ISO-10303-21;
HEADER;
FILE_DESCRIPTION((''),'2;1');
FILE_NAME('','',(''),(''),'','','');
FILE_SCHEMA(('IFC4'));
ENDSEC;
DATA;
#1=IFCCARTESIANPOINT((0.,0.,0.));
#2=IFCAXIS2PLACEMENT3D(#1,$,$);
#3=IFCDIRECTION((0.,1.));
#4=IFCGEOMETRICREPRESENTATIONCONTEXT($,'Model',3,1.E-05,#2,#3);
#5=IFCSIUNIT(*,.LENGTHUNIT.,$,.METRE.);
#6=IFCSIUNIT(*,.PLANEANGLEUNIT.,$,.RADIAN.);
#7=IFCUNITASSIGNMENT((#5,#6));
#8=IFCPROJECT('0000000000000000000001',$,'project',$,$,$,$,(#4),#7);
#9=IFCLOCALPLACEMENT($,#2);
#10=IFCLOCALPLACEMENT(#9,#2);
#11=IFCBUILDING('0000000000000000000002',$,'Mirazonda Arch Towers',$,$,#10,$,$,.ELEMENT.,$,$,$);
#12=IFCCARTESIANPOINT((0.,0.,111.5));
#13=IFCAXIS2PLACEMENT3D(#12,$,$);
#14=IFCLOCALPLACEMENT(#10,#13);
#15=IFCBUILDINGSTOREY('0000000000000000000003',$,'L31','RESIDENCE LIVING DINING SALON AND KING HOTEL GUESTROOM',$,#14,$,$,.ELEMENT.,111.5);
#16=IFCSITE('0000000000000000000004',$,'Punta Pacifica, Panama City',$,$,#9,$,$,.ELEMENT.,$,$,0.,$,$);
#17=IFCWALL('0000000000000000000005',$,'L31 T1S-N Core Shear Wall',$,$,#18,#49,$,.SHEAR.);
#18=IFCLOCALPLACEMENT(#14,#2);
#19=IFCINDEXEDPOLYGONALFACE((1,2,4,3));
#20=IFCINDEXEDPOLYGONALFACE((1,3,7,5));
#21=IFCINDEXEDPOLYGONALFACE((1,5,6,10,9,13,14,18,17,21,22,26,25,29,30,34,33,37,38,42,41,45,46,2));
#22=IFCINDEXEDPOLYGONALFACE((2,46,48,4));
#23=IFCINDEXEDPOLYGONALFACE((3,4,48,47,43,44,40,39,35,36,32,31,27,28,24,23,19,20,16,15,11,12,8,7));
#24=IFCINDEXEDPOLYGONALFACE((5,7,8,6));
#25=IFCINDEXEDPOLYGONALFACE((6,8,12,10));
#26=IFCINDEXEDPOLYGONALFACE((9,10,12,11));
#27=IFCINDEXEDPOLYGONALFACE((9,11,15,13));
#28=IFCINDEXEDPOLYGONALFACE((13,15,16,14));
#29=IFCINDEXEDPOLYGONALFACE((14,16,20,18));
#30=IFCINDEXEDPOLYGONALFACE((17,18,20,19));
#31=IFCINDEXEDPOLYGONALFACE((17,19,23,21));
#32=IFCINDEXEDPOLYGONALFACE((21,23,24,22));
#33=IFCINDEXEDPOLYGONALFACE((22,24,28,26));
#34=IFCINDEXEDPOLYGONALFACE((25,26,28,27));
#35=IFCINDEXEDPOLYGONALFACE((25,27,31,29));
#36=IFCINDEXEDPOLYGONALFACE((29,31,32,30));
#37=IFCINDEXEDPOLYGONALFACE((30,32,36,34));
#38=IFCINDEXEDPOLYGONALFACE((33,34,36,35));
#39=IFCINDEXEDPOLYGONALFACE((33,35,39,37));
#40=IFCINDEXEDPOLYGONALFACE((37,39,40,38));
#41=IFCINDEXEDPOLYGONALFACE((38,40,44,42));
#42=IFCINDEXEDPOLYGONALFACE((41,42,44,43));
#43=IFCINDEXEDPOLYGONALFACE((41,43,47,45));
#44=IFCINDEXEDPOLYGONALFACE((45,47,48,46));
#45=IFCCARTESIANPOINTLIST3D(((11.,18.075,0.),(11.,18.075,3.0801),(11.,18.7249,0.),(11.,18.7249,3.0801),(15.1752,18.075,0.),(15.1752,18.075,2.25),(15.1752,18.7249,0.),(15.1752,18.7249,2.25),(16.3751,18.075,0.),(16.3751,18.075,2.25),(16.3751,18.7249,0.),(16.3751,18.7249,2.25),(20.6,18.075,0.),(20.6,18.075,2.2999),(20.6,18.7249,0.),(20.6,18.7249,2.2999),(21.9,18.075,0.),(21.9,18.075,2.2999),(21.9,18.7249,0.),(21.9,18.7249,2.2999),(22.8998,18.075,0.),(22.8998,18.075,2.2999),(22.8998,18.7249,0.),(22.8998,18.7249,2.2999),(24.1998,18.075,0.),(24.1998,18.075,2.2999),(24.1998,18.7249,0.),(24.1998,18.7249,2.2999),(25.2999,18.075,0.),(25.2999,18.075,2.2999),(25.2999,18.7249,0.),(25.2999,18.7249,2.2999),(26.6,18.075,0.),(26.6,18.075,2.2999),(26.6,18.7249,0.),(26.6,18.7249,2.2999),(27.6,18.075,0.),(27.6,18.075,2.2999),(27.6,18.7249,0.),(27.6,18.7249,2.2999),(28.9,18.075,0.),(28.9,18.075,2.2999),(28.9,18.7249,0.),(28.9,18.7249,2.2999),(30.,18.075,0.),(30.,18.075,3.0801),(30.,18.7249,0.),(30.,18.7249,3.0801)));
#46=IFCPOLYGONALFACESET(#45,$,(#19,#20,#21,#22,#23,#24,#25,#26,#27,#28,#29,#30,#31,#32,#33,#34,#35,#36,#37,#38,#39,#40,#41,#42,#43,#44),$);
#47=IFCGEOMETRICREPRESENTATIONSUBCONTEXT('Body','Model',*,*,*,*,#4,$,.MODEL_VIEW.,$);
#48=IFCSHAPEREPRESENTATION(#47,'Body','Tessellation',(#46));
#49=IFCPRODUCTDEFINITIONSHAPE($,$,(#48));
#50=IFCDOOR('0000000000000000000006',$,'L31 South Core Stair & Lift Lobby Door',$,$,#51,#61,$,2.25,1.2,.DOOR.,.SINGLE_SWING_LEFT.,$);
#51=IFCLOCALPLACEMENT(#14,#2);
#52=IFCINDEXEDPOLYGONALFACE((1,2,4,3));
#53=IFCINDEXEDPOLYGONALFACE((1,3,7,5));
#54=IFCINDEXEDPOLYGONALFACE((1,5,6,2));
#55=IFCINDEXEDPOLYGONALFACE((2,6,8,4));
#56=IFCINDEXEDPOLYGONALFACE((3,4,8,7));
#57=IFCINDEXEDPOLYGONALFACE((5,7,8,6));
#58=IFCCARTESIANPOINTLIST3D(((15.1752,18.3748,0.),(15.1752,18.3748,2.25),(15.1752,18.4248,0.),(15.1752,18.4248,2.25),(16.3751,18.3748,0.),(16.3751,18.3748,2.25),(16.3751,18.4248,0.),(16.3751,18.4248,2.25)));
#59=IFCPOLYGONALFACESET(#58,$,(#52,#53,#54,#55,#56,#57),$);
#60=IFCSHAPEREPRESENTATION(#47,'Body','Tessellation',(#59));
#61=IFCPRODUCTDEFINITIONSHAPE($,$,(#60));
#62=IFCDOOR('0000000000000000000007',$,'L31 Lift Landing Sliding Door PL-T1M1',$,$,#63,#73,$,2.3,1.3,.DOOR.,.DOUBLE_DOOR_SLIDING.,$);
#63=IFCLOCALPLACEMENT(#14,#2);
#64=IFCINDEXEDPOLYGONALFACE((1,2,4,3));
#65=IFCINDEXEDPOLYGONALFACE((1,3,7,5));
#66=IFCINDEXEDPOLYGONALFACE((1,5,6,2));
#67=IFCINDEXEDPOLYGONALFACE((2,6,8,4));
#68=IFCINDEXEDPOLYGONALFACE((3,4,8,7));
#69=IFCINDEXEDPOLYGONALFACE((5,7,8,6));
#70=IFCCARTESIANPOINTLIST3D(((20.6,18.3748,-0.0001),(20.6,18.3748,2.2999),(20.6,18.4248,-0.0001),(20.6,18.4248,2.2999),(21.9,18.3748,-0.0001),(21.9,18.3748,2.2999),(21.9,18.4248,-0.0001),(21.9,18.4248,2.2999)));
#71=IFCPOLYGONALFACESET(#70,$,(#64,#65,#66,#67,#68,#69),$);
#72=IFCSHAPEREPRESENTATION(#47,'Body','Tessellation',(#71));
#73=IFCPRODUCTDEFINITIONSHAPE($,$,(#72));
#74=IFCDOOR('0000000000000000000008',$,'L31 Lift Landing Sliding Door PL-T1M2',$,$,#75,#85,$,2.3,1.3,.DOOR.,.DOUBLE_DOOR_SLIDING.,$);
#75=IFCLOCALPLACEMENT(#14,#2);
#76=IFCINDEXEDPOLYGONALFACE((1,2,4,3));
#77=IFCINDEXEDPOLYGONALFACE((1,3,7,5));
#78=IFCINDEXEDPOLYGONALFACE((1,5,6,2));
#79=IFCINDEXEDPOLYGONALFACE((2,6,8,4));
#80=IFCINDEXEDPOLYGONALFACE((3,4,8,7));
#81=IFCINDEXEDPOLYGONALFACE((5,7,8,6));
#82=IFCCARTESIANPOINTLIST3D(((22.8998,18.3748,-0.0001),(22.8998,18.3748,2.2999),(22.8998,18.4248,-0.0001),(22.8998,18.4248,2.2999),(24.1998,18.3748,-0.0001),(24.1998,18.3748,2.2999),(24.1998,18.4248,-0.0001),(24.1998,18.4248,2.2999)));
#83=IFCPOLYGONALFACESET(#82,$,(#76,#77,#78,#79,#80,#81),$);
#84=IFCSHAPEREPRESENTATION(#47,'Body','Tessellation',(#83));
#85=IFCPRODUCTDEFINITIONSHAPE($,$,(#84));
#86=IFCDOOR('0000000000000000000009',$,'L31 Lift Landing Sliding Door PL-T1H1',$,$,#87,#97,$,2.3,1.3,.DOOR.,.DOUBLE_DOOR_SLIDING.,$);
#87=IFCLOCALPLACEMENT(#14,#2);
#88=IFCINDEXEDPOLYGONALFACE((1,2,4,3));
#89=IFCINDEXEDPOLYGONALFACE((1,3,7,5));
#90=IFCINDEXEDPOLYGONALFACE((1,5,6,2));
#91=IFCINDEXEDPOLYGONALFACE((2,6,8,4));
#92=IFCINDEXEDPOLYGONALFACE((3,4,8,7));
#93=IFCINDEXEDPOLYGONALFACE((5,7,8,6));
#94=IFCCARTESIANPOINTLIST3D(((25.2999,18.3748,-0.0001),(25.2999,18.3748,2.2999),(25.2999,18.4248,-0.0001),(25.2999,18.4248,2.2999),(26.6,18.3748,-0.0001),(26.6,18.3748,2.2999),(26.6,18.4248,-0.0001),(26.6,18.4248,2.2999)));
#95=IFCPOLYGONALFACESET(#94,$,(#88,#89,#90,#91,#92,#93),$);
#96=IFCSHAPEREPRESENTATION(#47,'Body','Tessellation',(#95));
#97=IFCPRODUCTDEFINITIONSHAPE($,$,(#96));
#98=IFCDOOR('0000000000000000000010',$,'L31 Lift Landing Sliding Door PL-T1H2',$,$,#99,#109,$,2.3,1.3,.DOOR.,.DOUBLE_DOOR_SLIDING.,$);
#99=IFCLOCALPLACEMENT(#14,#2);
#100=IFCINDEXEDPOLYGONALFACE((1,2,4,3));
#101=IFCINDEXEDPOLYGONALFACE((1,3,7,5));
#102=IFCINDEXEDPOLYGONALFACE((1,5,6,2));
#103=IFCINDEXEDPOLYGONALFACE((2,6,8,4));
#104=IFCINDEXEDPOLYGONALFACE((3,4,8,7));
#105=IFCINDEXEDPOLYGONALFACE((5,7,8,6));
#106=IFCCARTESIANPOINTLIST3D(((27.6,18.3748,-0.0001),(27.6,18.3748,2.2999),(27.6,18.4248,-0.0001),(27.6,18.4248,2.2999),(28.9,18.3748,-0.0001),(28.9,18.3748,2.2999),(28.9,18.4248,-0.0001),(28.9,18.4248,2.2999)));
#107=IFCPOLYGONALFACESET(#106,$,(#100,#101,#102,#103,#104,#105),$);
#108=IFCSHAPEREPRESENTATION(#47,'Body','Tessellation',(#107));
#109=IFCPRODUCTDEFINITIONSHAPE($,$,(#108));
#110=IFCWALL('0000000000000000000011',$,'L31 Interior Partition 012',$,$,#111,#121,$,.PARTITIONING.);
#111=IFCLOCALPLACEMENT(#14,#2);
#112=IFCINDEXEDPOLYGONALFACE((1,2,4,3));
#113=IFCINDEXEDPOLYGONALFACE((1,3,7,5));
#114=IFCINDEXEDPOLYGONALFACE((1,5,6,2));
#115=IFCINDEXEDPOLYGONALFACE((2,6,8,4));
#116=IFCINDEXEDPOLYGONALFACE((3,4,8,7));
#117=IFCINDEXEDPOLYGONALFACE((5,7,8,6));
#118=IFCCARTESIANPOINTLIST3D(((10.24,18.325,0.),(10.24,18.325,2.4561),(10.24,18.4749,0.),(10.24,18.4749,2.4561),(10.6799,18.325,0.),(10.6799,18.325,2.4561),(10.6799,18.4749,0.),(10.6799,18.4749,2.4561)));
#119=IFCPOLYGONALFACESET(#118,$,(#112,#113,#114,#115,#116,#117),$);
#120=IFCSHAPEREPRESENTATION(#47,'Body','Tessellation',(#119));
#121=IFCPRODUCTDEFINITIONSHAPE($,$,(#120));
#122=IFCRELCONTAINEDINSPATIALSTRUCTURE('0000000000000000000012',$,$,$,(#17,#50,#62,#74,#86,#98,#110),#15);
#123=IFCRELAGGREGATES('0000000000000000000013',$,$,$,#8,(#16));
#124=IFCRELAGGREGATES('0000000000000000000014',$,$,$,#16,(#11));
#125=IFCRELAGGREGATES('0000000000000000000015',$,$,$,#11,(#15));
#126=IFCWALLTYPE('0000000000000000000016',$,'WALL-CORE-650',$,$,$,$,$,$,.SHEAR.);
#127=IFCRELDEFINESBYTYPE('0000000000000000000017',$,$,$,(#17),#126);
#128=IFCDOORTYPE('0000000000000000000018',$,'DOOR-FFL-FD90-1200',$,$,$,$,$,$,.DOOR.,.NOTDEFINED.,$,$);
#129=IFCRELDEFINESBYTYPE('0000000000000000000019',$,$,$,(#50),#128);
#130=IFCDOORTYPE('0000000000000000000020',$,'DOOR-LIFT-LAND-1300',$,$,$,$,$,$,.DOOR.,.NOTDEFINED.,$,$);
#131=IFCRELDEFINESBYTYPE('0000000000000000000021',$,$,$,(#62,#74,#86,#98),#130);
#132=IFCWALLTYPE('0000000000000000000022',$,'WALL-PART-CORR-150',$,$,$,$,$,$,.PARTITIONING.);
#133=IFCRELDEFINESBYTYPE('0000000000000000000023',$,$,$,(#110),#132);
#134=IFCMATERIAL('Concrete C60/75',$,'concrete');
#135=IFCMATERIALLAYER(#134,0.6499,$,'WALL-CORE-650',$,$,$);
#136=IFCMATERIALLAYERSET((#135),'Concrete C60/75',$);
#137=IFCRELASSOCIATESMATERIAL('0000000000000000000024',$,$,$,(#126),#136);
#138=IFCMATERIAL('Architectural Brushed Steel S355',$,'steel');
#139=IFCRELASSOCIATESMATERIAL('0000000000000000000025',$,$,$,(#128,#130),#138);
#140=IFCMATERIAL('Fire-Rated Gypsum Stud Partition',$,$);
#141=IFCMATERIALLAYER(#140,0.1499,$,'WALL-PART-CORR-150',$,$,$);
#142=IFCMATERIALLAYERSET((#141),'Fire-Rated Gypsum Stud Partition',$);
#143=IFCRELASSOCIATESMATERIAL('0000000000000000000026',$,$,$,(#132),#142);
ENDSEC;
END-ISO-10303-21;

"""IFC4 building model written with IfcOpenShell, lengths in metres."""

from ifc_helpers import new_model, si_unit, direction, frame, frame_2d, origin, place, context, subcontext, project, spatial, rectangle, extrude, material, layer, layer_set, type_object, element, fill, save


model = new_model("IFC4")

# Units and contexts
model_context = context("Model", 3, precision=1e-05, world=origin(), true_north=direction((0.0, 1.0)))
body_context = subcontext(model_context, "Body", "Model", "MODEL_VIEW")
ifc_project = project(units=[si_unit("LENGTHUNIT", "METRE"), si_unit("PLANEANGLEUNIT", "RADIAN")], contexts=[model_context])

# Site, building, storey
site_placement = place(None, origin())
site = spatial("IfcSite", under=ifc_project, at=site_placement, Name="Punta Pacifica, Panama City", CompositionType="ELEMENT", RefElevation=0.0)
building_placement = place(site_placement, origin())
building = spatial("IfcBuilding", under=site, at=building_placement, Name="Mirazonda Arch Towers", CompositionType="ELEMENT")
storey_placement = place(building_placement, frame((0.0, 0.0, 111.5)))
storey = spatial("IfcBuildingStorey", under=building, at=storey_placement, Name="L31", Description="RESIDENCE LIVING DINING SALON AND KING HOTEL GUESTROOM", CompositionType="ELEMENT", Elevation=111.5)

# Shared definitions
ifc_material_1 = material(Name="Architectural Brushed Steel S355", Category="steel")

# Wall, openings, doors
ifc_material_2 = material(Name="Concrete C60/75", Category="concrete")
ifc_layer_1 = layer(ifc_material_2, 0.6499, Name="WALL-CORE-650")
ifc_layer_set_1 = layer_set([ifc_layer_1], Name="Concrete C60/75")
wall_type_1 = type_object("IfcWallType", Name="WALL-CORE-650", PredefinedType="SHEAR", material=ifc_layer_set_1)
wall_1_placement = place(storey_placement, frame((11.0, 18.3999, 0.0), z_axis=(0.0, 0.0, 1.0), x_axis=(1.0, 0.0, 0.0)))
wall_1 = element("IfcWall", 1, at=wall_1_placement, inside=storey, type_object=wall_type_1, Name="L31 T1S-N Core Shear Wall", PredefinedType="SHEAR", context=body_context, shape_type="SweptSolid", body=[
    extrude(rectangle(XDim=19.0, YDim=0.6499, at=frame_2d((9.5, 0.0))), origin(), (0.0, 0.0, 1.0), 3.0801),
])
opening_1_placement = place(wall_1_placement, frame((4.175, 0.0, 0.0)))
opening_1 = element("IfcOpeningElement", 2, at=opening_1_placement, cuts=wall_1, PredefinedType="OPENING", context=body_context, shape_type="SweptSolid", body=[
    extrude(rectangle(XDim=1.2, YDim=2.25, at=frame_2d((0.6001, 1.125))), frame((0.0, 0.335, 0.0), z_axis=(0.0, -1.0, 0.0), x_axis=(1.0, 0.0, 0.0)), (0.0, 0.0, 1.0), 0.6699),
])
opening_2_placement = place(wall_1_placement, frame((9.6001, 0.0, 0.0)))
opening_2 = element("IfcOpeningElement", 3, at=opening_2_placement, cuts=wall_1, PredefinedType="OPENING", context=body_context, shape_type="SweptSolid", body=[
    extrude(rectangle(XDim=1.3, YDim=2.3, at=frame_2d((0.6499, 1.1499))), frame((0.0, 0.335, 0.0), z_axis=(0.0, -1.0, 0.0), x_axis=(1.0, 0.0, 0.0)), (0.0, 0.0, 1.0), 0.6699),
])
opening_3_placement = place(wall_1_placement, frame((11.8999, 0.0, 0.0)))
opening_3 = element("IfcOpeningElement", 4, at=opening_3_placement, cuts=wall_1, PredefinedType="OPENING", context=body_context, shape_type="SweptSolid", body=[
    extrude(rectangle(XDim=1.3, YDim=2.3, at=frame_2d((0.6499, 1.1499))), frame((0.0, 0.335, 0.0), z_axis=(0.0, -1.0, 0.0), x_axis=(1.0, 0.0, 0.0)), (0.0, 0.0, 1.0), 0.6699),
])
opening_4_placement = place(wall_1_placement, frame((14.3, 0.0, 0.0)))
opening_4 = element("IfcOpeningElement", 5, at=opening_4_placement, cuts=wall_1, PredefinedType="OPENING", context=body_context, shape_type="SweptSolid", body=[
    extrude(rectangle(XDim=1.3, YDim=2.3, at=frame_2d((0.6499, 1.1499))), frame((0.0, 0.335, 0.0), z_axis=(0.0, -1.0, 0.0), x_axis=(1.0, 0.0, 0.0)), (0.0, 0.0, 1.0), 0.6699),
])
opening_5_placement = place(wall_1_placement, frame((16.6001, 0.0, 0.0)))
opening_5 = element("IfcOpeningElement", 6, at=opening_5_placement, cuts=wall_1, PredefinedType="OPENING", context=body_context, shape_type="SweptSolid", body=[
    extrude(rectangle(XDim=1.3, YDim=2.3, at=frame_2d((0.6499, 1.1499))), frame((0.0, 0.335, 0.0), z_axis=(0.0, -1.0, 0.0), x_axis=(1.0, 0.0, 0.0)), (0.0, 0.0, 1.0), 0.6699),
])
door_type_1 = type_object("IfcDoorType", Name="DOOR-FFL-FD90-1200", OperationType="NOTDEFINED", PredefinedType="DOOR", material=ifc_material_1)
door_1_placement = place(opening_1_placement, origin())
door_1 = element("IfcDoor", 7, at=door_1_placement, inside=storey, type_object=door_type_1, Name="L31 South Core Stair & Lift Lobby Door", OperationType="SINGLE_SWING_LEFT", OverallHeight=2.25, OverallWidth=1.2, PredefinedType="DOOR", context=body_context, shape_type="SweptSolid", body=[
    extrude(rectangle(XDim=1.2, YDim=2.25, at=frame_2d((0.6001, 1.125))), frame((0.0, 0.0249, 0.0), z_axis=(0.0, -1.0, 0.0), x_axis=(1.0, 0.0, 0.0)), (0.0, 0.0, 1.0), 0.05),
])
fill(opening_1, door_1)
door_type_2 = type_object("IfcDoorType", Name="DOOR-LIFT-LAND-1300", OperationType="NOTDEFINED", PredefinedType="DOOR", material=ifc_material_1)
door_2_placement = place(opening_2_placement, origin())
door_2 = element("IfcDoor", 8, at=door_2_placement, inside=storey, type_object=door_type_2, Name="L31 Lift Landing Sliding Door PL-T1M1", OperationType="DOUBLE_DOOR_SLIDING", OverallHeight=2.3, OverallWidth=1.3, PredefinedType="DOOR", context=body_context, shape_type="SweptSolid", body=[
    extrude(rectangle(XDim=1.3, YDim=2.3, at=frame_2d((0.6499, 1.1499))), frame((0.0, 0.0249, 0.0), z_axis=(0.0, -1.0, 0.0), x_axis=(1.0, 0.0, 0.0)), (0.0, 0.0, 1.0), 0.05),
])
fill(opening_2, door_2)
door_3_placement = place(opening_3_placement, origin())
door_3 = element("IfcDoor", 9, at=door_3_placement, inside=storey, type_object=door_type_2, Name="L31 Lift Landing Sliding Door PL-T1M2", OperationType="DOUBLE_DOOR_SLIDING", OverallHeight=2.3, OverallWidth=1.3, PredefinedType="DOOR", context=body_context, shape_type="SweptSolid", body=[
    extrude(rectangle(XDim=1.3, YDim=2.3, at=frame_2d((0.6499, 1.1499))), frame((0.0, 0.0249, 0.0), z_axis=(0.0, -1.0, 0.0), x_axis=(1.0, 0.0, 0.0)), (0.0, 0.0, 1.0), 0.05),
])
fill(opening_3, door_3)
door_4_placement = place(opening_4_placement, origin())
door_4 = element("IfcDoor", 10, at=door_4_placement, inside=storey, type_object=door_type_2, Name="L31 Lift Landing Sliding Door PL-T1H1", OperationType="DOUBLE_DOOR_SLIDING", OverallHeight=2.3, OverallWidth=1.3, PredefinedType="DOOR", context=body_context, shape_type="SweptSolid", body=[
    extrude(rectangle(XDim=1.3, YDim=2.3, at=frame_2d((0.6499, 1.1499))), frame((0.0, 0.0249, 0.0), z_axis=(0.0, -1.0, 0.0), x_axis=(1.0, 0.0, 0.0)), (0.0, 0.0, 1.0), 0.05),
])
fill(opening_4, door_4)
door_5_placement = place(opening_5_placement, origin())
door_5 = element("IfcDoor", 11, at=door_5_placement, inside=storey, type_object=door_type_2, Name="L31 Lift Landing Sliding Door PL-T1H2", OperationType="DOUBLE_DOOR_SLIDING", OverallHeight=2.3, OverallWidth=1.3, PredefinedType="DOOR", context=body_context, shape_type="SweptSolid", body=[
    extrude(rectangle(XDim=1.3, YDim=2.3, at=frame_2d((0.6499, 1.1499))), frame((0.0, 0.0249, 0.0), z_axis=(0.0, -1.0, 0.0), x_axis=(1.0, 0.0, 0.0)), (0.0, 0.0, 1.0), 0.05),
])
fill(opening_5, door_5)

# Wall
ifc_material_3 = material(Name="Fire-Rated Gypsum Stud Partition")
ifc_layer_2 = layer(ifc_material_3, 0.1499, Name="WALL-PART-CORR-150")
ifc_layer_set_2 = layer_set([ifc_layer_2], Name="Fire-Rated Gypsum Stud Partition")
wall_type_2 = type_object("IfcWallType", Name="WALL-PART-CORR-150", PredefinedType="PARTITIONING", material=ifc_layer_set_2)
wall_2_placement = place(storey_placement, frame((10.24, 18.3999, 0.0), z_axis=(0.0, 0.0, 1.0), x_axis=(1.0, 0.0, 0.0)))
element("IfcWall", 12, at=wall_2_placement, inside=storey, type_object=wall_type_2, Name="L31 Interior Partition 012", PredefinedType="PARTITIONING", context=body_context, shape_type="SweptSolid", body=[
    extrude(rectangle(XDim=0.4399, YDim=0.1499, at=frame_2d((0.22, 0.0))), origin(), (0.0, 0.0, 1.0), 2.4561),
])

save(model, "model.ifc")
